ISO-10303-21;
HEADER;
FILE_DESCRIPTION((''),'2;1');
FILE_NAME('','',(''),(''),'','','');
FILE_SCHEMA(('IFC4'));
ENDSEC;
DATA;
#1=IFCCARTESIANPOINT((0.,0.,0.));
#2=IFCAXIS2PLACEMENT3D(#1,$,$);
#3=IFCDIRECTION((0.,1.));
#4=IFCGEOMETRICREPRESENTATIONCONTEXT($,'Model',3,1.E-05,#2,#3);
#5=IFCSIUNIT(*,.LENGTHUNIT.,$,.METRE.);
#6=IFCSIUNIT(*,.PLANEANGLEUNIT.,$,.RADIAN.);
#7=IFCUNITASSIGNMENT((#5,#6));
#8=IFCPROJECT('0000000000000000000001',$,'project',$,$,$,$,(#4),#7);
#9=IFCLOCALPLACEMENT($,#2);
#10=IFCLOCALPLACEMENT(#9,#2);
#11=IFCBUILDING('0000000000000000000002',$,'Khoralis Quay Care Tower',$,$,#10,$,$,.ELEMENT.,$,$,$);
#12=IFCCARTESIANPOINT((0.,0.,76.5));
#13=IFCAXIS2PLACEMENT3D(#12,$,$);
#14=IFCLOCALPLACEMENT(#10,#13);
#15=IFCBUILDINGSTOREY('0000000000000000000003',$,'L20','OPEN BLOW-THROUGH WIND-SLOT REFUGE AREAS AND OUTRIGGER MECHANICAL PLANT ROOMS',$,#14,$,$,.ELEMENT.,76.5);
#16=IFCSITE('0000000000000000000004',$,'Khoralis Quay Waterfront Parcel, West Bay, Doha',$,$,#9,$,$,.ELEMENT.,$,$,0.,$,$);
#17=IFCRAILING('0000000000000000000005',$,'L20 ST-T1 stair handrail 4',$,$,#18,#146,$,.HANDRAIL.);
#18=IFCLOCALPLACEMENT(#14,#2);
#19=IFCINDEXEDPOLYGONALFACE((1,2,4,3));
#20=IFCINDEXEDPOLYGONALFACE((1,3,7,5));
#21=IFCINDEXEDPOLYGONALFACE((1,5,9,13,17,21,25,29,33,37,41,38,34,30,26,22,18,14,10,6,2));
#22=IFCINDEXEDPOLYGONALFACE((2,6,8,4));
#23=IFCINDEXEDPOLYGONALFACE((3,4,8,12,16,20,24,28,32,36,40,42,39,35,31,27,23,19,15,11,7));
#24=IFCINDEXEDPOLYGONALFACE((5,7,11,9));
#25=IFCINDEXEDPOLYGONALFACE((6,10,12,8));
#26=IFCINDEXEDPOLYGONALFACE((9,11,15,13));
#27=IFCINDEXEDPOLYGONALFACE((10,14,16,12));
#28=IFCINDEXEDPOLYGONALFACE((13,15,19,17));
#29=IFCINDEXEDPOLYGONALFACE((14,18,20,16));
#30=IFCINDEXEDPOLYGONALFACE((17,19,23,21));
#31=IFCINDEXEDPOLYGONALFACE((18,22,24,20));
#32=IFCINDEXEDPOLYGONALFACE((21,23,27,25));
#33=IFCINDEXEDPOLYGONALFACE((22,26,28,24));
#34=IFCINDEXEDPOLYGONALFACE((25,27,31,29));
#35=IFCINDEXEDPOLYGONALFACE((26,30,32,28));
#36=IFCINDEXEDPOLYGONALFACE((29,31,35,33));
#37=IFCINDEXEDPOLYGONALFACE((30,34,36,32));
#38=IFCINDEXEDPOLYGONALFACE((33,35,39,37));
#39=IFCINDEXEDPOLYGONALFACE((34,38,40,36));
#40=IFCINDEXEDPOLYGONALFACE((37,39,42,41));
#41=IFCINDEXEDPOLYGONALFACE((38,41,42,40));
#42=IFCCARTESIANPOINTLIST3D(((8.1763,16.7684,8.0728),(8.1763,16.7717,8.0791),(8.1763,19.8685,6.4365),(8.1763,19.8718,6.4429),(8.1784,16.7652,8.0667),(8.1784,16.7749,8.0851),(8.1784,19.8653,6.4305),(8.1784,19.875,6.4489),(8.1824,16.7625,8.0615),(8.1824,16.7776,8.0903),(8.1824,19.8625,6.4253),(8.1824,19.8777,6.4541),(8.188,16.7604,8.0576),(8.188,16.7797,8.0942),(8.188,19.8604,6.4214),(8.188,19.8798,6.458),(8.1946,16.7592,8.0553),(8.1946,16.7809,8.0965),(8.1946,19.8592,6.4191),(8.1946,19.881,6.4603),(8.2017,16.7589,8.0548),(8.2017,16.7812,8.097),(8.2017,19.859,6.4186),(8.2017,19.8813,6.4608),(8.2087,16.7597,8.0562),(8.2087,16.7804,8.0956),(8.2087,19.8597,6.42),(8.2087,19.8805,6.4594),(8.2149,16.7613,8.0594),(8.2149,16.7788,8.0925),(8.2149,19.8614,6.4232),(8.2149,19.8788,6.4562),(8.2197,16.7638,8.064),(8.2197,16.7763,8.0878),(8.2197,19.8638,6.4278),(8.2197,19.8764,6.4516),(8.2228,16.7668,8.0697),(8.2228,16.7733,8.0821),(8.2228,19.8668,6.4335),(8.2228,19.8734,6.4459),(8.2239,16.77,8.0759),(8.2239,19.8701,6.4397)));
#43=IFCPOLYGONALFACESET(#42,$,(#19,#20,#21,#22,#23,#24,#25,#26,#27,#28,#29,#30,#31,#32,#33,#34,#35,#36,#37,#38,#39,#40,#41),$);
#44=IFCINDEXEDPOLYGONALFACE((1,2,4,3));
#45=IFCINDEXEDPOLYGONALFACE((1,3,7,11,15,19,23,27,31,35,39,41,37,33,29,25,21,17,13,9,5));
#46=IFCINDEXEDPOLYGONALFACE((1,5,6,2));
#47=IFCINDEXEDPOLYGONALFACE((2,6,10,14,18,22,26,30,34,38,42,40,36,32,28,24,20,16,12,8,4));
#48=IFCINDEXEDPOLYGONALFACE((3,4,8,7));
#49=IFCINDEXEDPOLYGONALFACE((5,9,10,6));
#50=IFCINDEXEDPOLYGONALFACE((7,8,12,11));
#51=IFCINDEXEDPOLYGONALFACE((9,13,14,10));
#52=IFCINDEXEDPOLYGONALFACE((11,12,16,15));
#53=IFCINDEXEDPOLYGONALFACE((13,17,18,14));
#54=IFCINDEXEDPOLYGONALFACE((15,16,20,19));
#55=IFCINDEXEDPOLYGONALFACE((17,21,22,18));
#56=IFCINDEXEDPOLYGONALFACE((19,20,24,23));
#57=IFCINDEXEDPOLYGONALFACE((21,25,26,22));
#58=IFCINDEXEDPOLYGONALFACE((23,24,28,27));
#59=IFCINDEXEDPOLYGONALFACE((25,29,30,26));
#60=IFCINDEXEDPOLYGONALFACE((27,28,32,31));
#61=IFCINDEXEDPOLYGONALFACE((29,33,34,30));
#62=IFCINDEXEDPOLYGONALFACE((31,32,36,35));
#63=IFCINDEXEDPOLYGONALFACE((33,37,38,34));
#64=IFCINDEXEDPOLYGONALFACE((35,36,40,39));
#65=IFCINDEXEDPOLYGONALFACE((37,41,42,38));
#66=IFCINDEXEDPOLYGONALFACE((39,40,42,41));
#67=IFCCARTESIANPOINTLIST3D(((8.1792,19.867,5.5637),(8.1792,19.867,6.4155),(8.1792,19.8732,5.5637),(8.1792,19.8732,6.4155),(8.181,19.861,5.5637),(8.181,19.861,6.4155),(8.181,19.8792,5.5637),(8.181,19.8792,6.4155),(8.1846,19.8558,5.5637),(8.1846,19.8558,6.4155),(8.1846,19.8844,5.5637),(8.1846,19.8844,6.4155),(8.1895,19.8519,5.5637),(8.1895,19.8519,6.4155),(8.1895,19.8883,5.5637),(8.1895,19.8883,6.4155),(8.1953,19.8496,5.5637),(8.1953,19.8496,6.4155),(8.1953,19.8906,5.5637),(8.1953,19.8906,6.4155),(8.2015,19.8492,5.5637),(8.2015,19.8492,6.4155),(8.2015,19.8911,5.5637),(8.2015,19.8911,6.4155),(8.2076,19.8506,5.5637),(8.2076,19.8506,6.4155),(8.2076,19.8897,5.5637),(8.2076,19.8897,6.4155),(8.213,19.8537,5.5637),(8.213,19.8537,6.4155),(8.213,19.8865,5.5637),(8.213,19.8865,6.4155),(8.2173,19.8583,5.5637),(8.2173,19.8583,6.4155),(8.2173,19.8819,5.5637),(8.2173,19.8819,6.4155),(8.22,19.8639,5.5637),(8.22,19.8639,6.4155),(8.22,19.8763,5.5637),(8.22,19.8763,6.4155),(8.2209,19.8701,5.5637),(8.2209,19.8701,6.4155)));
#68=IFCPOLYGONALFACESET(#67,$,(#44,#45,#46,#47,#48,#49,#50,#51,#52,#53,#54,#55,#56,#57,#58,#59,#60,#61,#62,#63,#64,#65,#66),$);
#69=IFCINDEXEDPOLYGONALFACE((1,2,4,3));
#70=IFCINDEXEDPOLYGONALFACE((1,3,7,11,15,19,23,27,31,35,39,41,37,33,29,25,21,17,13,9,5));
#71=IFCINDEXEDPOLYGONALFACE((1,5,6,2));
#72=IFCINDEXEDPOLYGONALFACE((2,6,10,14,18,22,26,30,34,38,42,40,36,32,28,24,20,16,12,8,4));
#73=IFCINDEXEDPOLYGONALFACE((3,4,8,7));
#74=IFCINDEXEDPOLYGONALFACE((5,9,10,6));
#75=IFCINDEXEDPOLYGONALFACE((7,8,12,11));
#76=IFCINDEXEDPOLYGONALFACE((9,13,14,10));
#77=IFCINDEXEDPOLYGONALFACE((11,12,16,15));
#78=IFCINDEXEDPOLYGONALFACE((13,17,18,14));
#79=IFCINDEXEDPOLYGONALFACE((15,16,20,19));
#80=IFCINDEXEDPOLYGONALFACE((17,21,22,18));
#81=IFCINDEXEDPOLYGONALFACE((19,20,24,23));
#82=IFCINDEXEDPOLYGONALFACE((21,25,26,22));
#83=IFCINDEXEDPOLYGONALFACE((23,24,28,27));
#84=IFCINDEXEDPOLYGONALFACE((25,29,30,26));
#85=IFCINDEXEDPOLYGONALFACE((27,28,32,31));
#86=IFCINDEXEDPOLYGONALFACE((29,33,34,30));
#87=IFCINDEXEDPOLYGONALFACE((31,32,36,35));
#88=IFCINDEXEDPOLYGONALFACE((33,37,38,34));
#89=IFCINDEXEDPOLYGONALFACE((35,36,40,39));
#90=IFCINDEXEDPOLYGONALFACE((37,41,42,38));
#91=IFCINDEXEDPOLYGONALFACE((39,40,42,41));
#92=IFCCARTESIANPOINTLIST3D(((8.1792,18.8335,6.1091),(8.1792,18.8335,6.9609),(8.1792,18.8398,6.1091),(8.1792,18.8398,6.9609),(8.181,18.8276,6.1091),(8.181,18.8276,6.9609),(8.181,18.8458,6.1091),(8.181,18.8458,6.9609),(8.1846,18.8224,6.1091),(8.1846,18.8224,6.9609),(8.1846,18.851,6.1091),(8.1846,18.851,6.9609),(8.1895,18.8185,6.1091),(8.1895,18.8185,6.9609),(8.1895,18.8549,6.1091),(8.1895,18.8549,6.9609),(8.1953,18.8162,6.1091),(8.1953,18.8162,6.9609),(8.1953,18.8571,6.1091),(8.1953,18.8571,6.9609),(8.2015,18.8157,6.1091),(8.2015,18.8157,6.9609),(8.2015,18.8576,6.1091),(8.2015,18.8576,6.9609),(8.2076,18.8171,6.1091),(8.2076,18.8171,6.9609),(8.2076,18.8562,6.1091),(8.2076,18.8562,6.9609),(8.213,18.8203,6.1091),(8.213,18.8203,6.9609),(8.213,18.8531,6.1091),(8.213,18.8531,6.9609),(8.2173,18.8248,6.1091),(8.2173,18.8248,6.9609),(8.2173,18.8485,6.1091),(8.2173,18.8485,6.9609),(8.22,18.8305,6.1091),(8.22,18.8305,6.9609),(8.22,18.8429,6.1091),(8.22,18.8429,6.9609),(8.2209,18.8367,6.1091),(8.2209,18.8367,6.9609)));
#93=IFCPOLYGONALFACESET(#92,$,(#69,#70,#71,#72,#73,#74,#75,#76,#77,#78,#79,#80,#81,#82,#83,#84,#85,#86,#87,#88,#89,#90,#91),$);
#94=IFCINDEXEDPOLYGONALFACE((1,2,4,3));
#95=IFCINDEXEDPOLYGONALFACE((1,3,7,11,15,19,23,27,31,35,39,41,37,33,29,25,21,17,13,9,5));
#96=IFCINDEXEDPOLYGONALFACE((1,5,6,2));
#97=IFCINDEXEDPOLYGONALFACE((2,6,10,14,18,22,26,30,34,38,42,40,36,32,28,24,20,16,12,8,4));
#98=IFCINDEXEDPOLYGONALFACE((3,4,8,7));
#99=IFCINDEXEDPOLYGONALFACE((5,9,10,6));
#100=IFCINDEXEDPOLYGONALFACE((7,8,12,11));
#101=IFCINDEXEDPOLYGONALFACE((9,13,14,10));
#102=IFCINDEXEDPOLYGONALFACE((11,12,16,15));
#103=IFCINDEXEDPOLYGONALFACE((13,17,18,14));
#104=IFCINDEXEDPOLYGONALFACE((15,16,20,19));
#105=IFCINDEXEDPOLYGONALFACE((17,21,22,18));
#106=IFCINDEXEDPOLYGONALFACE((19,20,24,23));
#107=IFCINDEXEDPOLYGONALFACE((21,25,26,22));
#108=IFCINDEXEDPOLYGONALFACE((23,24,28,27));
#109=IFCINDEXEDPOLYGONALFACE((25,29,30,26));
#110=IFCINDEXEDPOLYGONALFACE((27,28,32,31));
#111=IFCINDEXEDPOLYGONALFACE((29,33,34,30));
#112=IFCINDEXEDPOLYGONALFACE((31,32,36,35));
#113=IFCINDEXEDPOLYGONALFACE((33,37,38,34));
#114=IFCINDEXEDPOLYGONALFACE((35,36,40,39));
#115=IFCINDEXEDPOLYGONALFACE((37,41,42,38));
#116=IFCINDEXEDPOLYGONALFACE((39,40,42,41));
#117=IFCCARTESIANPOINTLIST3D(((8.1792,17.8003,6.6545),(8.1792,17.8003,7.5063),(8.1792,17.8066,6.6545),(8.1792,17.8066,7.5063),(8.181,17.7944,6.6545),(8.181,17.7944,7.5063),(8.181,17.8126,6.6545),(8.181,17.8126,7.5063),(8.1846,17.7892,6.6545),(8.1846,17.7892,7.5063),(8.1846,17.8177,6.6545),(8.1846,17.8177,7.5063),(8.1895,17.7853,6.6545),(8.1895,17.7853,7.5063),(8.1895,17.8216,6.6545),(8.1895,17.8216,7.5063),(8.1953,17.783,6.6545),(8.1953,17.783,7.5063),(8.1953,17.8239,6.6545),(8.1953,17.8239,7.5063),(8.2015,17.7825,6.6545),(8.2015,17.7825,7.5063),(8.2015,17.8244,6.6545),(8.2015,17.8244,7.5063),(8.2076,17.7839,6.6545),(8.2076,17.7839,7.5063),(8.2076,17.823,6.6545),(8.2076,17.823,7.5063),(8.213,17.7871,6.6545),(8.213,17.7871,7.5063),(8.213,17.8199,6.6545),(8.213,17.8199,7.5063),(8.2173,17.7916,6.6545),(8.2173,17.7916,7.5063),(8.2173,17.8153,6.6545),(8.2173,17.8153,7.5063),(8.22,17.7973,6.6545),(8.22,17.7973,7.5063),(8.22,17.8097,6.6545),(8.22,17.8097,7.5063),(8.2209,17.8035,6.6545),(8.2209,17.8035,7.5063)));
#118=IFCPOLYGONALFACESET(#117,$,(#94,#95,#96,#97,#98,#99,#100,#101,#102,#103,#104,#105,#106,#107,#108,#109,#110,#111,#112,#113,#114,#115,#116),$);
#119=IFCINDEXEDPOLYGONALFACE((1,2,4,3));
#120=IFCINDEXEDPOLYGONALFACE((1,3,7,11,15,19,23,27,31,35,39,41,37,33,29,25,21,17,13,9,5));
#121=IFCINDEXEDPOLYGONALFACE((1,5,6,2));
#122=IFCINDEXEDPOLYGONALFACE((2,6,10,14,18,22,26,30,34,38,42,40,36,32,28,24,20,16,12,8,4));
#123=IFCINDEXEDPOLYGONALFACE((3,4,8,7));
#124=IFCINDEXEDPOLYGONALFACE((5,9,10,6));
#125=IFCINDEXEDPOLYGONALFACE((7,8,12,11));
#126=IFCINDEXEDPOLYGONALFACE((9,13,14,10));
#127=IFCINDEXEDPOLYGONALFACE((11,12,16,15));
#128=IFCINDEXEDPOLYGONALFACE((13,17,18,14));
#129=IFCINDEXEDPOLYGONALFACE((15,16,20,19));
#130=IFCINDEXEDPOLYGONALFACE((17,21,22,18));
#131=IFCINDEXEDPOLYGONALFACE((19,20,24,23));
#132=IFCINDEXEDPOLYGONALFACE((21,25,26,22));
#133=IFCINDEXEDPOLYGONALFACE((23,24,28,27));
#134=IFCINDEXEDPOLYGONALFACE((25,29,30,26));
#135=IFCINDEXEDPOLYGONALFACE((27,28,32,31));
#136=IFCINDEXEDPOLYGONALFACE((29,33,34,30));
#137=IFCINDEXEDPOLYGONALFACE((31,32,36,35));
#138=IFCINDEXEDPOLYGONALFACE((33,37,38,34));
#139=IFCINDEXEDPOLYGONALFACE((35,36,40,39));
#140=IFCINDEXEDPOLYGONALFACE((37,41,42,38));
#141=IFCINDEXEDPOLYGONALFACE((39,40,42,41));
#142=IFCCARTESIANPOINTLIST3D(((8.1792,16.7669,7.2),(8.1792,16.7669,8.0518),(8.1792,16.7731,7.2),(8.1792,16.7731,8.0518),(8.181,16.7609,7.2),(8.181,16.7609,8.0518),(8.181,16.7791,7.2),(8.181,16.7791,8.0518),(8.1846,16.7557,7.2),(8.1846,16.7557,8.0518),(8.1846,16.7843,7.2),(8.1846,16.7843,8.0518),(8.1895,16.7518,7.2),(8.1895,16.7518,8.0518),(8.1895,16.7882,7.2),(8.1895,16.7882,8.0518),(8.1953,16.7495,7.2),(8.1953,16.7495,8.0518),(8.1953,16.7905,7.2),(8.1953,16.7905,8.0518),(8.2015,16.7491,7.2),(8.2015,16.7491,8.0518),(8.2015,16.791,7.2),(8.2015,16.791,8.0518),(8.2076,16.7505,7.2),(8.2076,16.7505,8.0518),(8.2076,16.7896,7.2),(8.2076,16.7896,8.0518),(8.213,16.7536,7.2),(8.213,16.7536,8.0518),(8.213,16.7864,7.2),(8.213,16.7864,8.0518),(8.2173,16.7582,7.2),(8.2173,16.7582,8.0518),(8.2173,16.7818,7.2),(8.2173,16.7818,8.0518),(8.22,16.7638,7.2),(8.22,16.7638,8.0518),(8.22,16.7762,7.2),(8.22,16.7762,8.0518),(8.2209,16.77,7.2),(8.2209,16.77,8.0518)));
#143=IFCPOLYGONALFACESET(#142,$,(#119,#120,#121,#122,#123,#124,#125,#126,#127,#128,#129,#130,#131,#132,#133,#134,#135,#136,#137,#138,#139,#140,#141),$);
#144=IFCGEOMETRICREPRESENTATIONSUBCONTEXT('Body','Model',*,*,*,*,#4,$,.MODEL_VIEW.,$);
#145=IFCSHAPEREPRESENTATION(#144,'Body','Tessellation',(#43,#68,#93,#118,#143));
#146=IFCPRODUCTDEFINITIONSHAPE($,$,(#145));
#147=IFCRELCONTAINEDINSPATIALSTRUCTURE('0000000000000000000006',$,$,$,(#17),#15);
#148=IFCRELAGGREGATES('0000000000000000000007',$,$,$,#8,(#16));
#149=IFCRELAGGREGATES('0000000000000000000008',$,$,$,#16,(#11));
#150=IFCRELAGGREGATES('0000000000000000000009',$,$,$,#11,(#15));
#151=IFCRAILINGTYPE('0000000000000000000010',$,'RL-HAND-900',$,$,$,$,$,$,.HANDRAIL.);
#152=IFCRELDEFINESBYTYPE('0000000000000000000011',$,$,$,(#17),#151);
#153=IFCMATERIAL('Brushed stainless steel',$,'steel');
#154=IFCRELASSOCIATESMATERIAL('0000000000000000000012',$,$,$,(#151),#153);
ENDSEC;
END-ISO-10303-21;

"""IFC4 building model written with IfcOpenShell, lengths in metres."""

from ifc_helpers import new_model, si_unit, direction, frame, origin, origin_2d, place, context, subcontext, project, spatial, circle, extrude, material, type_object, element, save


model = new_model("IFC4")

# Units and contexts
model_context = context("Model", 3, precision=1e-05, world=origin(), true_north=direction((0.0, 1.0)))
body_context = subcontext(model_context, "Body", "Model", "MODEL_VIEW")
ifc_project = project(units=[si_unit("LENGTHUNIT", "METRE"), si_unit("PLANEANGLEUNIT", "RADIAN")], contexts=[model_context])

# Site, building, storey
site_placement = place(None, origin())
site = spatial("IfcSite", under=ifc_project, at=site_placement, Name="Khoralis Quay Waterfront Parcel, West Bay, Doha", CompositionType="ELEMENT", RefElevation=0.0)
building_placement = place(site_placement, origin())
building = spatial("IfcBuilding", under=site, at=building_placement, Name="Khoralis Quay Care Tower", CompositionType="ELEMENT")
storey_placement = place(building_placement, frame((0.0, 0.0, 76.5)))
storey = spatial("IfcBuildingStorey", under=building, at=storey_placement, Name="L20", Description="OPEN BLOW-THROUGH WIND-SLOT REFUGE AREAS AND OUTRIGGER MECHANICAL PLANT ROOMS", CompositionType="ELEMENT", Elevation=76.5)

# Shared definitions
ifc_material_1 = material(Name="Brushed stainless steel", Category="steel")

# Railing
railing_type_1 = type_object("IfcRailingType", Name="RL-HAND-900", PredefinedType="HANDRAIL", material=ifc_material_1)
railing_1_placement = place(storey_placement, frame((8.2, 19.8701, 5.5637)))
element("IfcRailing", 1, at=railing_1_placement, inside=storey, type_object=railing_type_1, Name="L20 ST-T1 stair handrail 4", PredefinedType="HANDRAIL", context=body_context, shape_type="SweptSolid", body=[
    extrude(circle(Radius=0.0239, at=origin_2d()), frame((0.0, 0.0, 0.876), z_axis=(0.0, -0.884377, 0.466774), x_axis=(1.0, 0.0, 0.0)), (0.0, 0.0, 1.0), 3.5054),
    extrude(circle(Radius=0.021, at=origin_2d()), origin(), (0.0, 0.0, 1.0), 0.8518),
    extrude(circle(Radius=0.021, at=origin_2d()), frame((0.0, -1.0334, 0.5454)), (0.0, 0.0, 1.0), 0.8518),
    extrude(circle(Radius=0.021, at=origin_2d()), frame((0.0, -2.0667, 1.0908)), (0.0, 0.0, 1.0), 0.8518),
    extrude(circle(Radius=0.021, at=origin_2d()), frame((0.0, -3.1001, 1.6362)), (0.0, 0.0, 1.0), 0.8518),
])

save(model, "model.ifc")
